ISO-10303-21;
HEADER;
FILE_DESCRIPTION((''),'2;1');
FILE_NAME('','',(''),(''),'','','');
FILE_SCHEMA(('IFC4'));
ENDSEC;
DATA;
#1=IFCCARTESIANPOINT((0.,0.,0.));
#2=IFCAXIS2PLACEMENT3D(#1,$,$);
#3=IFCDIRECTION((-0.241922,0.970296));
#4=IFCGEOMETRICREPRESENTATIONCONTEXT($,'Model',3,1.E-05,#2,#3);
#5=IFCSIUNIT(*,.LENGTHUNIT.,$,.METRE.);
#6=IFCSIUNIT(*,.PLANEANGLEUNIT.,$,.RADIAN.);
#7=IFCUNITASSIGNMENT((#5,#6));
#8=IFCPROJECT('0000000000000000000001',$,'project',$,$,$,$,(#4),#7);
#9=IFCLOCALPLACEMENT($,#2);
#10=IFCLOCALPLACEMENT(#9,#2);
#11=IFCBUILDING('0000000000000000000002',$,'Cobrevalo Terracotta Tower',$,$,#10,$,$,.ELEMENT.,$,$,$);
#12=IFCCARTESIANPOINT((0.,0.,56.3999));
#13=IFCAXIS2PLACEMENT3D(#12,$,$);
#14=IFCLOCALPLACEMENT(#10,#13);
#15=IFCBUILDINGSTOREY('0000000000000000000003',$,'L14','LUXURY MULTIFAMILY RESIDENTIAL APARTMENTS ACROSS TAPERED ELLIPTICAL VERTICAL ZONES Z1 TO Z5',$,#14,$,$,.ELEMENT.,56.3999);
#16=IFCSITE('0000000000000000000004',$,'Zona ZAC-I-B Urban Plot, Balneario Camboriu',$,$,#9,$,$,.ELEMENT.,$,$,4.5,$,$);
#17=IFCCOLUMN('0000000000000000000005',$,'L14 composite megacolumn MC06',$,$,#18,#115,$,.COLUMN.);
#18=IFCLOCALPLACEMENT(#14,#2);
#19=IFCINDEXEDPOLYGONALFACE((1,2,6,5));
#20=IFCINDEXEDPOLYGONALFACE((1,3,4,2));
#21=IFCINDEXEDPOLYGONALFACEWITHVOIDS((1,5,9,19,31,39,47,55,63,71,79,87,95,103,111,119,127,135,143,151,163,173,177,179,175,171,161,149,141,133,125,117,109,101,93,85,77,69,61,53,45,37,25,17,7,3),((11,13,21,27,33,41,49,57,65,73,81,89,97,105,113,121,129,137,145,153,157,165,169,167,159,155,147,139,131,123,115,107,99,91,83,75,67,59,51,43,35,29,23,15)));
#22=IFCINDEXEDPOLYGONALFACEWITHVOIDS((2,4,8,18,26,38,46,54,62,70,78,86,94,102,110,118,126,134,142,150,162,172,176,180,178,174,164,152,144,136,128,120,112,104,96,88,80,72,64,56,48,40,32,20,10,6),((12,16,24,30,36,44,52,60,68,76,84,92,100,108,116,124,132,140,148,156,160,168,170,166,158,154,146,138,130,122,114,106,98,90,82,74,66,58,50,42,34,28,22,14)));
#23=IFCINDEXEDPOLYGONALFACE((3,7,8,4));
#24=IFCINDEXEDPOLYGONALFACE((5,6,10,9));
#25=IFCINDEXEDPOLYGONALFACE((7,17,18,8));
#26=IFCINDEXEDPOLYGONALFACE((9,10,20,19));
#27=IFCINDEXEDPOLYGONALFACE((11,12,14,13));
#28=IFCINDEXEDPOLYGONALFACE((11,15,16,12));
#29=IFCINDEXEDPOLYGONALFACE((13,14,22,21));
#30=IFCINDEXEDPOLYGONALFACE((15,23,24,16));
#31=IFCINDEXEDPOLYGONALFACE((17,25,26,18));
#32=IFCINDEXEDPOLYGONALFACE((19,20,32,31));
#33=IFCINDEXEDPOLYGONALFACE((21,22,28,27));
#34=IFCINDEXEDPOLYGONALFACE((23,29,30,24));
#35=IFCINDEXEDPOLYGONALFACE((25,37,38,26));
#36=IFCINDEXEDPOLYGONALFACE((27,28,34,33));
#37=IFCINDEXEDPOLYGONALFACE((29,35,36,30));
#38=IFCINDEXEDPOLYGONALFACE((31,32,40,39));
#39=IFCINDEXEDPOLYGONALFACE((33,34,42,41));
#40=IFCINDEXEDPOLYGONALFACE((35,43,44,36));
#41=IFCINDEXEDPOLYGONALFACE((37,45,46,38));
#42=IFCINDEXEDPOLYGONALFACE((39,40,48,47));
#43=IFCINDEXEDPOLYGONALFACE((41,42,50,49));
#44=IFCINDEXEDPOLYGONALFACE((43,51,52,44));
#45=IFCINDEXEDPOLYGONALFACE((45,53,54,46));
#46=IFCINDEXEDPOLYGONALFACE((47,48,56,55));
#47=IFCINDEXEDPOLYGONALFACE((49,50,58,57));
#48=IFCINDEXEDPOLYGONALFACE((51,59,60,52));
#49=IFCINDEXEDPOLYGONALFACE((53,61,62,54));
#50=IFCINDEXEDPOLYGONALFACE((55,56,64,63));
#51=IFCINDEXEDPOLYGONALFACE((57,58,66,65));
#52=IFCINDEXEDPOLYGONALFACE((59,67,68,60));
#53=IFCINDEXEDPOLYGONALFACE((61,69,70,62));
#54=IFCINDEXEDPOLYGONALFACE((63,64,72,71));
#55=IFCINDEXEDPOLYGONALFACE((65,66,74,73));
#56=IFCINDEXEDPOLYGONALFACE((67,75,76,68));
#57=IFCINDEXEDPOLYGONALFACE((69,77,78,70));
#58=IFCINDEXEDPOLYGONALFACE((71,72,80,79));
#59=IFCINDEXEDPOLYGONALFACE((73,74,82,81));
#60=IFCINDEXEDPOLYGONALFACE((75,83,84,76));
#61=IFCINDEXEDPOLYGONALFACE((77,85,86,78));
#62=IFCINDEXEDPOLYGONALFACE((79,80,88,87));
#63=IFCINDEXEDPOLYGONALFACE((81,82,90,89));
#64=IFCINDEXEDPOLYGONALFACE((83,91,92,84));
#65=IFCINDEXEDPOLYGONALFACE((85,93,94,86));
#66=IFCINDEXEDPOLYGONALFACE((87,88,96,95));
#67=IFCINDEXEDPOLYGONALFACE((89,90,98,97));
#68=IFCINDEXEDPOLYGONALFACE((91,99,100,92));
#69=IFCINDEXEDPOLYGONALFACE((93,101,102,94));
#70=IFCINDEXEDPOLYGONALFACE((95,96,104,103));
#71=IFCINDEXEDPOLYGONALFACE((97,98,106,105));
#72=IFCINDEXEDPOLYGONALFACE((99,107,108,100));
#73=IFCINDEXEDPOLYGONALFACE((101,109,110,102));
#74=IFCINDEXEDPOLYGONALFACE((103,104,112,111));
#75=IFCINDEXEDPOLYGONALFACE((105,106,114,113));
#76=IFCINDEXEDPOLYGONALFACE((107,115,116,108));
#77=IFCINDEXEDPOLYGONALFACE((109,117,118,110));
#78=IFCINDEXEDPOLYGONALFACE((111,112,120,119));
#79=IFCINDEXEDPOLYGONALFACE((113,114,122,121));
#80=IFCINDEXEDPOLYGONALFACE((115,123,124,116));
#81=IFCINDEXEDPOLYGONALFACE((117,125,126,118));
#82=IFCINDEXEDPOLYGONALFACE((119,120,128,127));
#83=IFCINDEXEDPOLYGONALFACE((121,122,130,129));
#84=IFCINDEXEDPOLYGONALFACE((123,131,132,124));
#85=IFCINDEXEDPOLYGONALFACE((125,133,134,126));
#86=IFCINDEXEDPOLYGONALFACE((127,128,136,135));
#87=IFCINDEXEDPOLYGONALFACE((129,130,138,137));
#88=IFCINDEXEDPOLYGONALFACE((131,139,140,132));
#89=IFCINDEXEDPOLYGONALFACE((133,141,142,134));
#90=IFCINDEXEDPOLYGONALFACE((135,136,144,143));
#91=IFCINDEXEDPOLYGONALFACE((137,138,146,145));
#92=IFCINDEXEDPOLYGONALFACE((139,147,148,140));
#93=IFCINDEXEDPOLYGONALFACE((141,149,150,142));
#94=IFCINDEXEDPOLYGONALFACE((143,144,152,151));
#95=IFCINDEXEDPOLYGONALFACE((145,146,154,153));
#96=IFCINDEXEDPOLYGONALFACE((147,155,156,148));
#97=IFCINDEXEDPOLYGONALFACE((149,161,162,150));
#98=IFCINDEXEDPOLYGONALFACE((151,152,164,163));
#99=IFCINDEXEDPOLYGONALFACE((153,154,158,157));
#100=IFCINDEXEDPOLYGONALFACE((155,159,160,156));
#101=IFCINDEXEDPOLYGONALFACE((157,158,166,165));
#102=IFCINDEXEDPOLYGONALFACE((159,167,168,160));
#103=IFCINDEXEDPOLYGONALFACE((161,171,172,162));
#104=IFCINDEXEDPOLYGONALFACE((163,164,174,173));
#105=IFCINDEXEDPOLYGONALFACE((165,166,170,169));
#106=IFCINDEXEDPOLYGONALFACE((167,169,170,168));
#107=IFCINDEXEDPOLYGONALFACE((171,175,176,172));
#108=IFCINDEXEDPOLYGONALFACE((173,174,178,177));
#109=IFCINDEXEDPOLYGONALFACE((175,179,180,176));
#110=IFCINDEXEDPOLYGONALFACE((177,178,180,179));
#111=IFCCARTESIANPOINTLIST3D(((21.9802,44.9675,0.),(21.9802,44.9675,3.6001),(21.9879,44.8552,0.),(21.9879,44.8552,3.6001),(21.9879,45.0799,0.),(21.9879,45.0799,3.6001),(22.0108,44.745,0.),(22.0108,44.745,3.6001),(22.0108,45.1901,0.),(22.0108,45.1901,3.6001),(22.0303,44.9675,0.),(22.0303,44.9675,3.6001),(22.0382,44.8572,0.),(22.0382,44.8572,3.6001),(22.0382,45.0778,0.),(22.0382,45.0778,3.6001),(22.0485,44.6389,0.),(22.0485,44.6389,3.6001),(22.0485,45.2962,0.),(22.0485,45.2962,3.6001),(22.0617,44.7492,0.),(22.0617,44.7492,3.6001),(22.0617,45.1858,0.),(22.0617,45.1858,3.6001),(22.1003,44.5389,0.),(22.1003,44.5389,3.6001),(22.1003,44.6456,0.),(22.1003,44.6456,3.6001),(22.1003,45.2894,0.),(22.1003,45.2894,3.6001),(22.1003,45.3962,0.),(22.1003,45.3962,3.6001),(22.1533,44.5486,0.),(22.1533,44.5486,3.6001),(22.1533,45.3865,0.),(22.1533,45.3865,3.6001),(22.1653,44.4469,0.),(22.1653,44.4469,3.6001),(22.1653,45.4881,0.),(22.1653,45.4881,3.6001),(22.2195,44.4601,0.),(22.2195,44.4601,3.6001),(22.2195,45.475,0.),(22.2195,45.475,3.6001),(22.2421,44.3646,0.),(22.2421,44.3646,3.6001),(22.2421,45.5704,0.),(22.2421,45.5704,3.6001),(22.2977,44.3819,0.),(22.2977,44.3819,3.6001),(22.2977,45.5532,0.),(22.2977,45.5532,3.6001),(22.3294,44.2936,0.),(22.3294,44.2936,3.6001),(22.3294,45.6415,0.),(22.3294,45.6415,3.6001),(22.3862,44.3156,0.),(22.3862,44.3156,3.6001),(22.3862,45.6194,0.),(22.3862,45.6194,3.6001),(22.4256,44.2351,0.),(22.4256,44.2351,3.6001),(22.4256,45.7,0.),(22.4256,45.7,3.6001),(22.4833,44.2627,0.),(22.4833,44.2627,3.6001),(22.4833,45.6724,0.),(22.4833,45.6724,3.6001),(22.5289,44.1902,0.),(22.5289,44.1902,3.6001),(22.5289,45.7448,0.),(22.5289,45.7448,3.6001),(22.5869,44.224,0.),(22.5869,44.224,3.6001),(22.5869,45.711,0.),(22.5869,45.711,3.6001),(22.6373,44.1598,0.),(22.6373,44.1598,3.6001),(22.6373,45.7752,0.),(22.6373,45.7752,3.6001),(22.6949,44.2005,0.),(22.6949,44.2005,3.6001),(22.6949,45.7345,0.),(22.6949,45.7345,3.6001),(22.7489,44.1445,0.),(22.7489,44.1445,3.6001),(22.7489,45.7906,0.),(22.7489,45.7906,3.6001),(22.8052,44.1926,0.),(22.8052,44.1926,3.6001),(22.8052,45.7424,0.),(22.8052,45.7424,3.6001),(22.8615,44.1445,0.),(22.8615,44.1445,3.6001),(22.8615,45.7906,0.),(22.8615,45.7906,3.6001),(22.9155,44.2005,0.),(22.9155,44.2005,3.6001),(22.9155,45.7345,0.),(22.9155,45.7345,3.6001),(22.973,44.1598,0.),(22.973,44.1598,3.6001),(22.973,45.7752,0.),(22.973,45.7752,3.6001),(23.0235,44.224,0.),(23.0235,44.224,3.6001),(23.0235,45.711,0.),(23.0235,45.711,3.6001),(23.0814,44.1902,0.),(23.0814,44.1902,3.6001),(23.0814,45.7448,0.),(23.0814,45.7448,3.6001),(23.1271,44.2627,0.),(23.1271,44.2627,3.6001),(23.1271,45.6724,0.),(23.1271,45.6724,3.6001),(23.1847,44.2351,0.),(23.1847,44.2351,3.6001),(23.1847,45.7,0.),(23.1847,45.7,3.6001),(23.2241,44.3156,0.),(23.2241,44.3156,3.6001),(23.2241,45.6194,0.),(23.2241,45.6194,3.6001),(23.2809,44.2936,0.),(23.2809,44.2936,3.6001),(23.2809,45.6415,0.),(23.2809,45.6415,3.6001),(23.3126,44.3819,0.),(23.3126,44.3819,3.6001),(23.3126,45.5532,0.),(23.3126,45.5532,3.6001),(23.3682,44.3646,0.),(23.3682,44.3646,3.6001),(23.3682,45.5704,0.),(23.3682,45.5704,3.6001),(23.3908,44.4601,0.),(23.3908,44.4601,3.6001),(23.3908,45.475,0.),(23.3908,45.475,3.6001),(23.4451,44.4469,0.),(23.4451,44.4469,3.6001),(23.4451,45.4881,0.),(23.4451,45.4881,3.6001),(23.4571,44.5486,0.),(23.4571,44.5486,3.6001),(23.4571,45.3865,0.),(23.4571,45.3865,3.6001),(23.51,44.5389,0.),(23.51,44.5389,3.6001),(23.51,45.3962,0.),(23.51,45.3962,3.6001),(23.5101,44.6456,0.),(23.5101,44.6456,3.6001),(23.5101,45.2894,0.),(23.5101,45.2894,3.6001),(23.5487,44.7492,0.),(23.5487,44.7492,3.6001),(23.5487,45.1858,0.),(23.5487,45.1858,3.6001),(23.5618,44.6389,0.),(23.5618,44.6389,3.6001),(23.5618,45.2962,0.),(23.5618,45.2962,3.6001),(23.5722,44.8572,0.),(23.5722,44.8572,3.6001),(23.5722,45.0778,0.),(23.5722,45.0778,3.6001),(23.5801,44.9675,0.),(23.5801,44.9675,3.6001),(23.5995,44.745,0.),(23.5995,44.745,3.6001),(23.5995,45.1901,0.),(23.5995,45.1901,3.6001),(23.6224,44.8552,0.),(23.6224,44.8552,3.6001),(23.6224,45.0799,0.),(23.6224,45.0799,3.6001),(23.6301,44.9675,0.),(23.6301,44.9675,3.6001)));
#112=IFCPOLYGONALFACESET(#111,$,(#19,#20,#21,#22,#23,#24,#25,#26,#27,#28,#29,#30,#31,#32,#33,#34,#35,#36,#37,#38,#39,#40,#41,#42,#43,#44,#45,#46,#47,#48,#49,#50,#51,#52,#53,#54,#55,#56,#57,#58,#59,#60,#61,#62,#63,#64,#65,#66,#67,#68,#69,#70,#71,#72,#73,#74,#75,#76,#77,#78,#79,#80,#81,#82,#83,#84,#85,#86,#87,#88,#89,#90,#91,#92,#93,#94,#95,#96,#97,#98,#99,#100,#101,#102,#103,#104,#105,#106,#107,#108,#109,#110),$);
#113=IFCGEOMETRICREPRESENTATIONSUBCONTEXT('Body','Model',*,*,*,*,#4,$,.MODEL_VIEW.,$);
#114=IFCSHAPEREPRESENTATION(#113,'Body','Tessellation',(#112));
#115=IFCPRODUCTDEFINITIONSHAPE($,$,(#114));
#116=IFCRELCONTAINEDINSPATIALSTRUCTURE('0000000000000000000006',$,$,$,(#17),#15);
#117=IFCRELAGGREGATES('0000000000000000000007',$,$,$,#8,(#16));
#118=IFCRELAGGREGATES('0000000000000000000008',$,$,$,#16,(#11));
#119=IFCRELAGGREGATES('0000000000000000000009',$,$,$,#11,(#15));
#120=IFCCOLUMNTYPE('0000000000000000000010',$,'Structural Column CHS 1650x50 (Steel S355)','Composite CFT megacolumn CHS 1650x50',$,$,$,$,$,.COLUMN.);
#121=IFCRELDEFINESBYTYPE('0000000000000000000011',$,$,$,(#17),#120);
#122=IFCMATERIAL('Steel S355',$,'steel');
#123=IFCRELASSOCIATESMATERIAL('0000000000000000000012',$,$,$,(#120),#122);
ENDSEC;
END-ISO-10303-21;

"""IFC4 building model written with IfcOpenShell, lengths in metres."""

from ifc_helpers import new_model, si_unit, direction, frame, origin, origin_2d, place, context, subcontext, project, spatial, hollow_circle, extrude, material, material_profile, profile_set, type_object, element, save


model = new_model("IFC4")

# Units and contexts
model_context = context("Model", 3, precision=1e-05, world=origin(), true_north=direction((-0.241922, 0.970296)))
body_context = subcontext(model_context, "Body", "Model", "MODEL_VIEW")
ifc_project = project(units=[si_unit("LENGTHUNIT", "METRE"), si_unit("PLANEANGLEUNIT", "RADIAN")], contexts=[model_context])

# Site, building, storey
site_placement = place(None, origin())
site = spatial("IfcSite", under=ifc_project, at=site_placement, Name="Zona ZAC-I-B Urban Plot, Balneario Camboriu", CompositionType="ELEMENT", RefElevation=4.5)
building_placement = place(site_placement, origin())
building = spatial("IfcBuilding", under=site, at=building_placement, Name="Cobrevalo Terracotta Tower", CompositionType="ELEMENT")
storey_placement = place(building_placement, frame((0.0, 0.0, 56.3999)))
storey = spatial("IfcBuildingStorey", under=building, at=storey_placement, Name="L14", Description="LUXURY MULTIFAMILY RESIDENTIAL APARTMENTS ACROSS TAPERED ELLIPTICAL VERTICAL ZONES Z1 TO Z5", CompositionType="ELEMENT", Elevation=56.3999)

# Column
ifc_material_1 = material(Name="Steel S355", Category="steel")
ifc_material_profile_1 = material_profile(ifc_material_1, hollow_circle(Radius=0.825, WallThickness=0.05, at=origin_2d()), Name="CHS 1650x50")
ifc_profile_set_1 = profile_set([ifc_material_profile_1], Name="Steel S355")
column_type = type_object("IfcColumnType", Name="Structural Column CHS 1650x50 (Steel S355)", Description="Composite CFT megacolumn CHS 1650x50", PredefinedType="COLUMN", material=ifc_profile_set_1)
for number, where, z_axis, x_axis, name in (
    (1, (22.8052, 44.9675, 0.0), (0.0, 0.0, 1.0), (1.0, 0.0, 0.0), "L14 composite megacolumn MC06"),
):
    element("IfcColumn", number, at=place(storey_placement, frame(where, z_axis=z_axis, x_axis=x_axis)), inside=storey, type_object=column_type, Name=name, PredefinedType="COLUMN", context=body_context, shape_type="SweptSolid", body=[
        extrude(hollow_circle(Radius=0.825, WallThickness=0.05, at=origin_2d()), origin(), (0.0, 0.0, 1.0), 3.6001),
    ])

save(model, "model.ifc")
